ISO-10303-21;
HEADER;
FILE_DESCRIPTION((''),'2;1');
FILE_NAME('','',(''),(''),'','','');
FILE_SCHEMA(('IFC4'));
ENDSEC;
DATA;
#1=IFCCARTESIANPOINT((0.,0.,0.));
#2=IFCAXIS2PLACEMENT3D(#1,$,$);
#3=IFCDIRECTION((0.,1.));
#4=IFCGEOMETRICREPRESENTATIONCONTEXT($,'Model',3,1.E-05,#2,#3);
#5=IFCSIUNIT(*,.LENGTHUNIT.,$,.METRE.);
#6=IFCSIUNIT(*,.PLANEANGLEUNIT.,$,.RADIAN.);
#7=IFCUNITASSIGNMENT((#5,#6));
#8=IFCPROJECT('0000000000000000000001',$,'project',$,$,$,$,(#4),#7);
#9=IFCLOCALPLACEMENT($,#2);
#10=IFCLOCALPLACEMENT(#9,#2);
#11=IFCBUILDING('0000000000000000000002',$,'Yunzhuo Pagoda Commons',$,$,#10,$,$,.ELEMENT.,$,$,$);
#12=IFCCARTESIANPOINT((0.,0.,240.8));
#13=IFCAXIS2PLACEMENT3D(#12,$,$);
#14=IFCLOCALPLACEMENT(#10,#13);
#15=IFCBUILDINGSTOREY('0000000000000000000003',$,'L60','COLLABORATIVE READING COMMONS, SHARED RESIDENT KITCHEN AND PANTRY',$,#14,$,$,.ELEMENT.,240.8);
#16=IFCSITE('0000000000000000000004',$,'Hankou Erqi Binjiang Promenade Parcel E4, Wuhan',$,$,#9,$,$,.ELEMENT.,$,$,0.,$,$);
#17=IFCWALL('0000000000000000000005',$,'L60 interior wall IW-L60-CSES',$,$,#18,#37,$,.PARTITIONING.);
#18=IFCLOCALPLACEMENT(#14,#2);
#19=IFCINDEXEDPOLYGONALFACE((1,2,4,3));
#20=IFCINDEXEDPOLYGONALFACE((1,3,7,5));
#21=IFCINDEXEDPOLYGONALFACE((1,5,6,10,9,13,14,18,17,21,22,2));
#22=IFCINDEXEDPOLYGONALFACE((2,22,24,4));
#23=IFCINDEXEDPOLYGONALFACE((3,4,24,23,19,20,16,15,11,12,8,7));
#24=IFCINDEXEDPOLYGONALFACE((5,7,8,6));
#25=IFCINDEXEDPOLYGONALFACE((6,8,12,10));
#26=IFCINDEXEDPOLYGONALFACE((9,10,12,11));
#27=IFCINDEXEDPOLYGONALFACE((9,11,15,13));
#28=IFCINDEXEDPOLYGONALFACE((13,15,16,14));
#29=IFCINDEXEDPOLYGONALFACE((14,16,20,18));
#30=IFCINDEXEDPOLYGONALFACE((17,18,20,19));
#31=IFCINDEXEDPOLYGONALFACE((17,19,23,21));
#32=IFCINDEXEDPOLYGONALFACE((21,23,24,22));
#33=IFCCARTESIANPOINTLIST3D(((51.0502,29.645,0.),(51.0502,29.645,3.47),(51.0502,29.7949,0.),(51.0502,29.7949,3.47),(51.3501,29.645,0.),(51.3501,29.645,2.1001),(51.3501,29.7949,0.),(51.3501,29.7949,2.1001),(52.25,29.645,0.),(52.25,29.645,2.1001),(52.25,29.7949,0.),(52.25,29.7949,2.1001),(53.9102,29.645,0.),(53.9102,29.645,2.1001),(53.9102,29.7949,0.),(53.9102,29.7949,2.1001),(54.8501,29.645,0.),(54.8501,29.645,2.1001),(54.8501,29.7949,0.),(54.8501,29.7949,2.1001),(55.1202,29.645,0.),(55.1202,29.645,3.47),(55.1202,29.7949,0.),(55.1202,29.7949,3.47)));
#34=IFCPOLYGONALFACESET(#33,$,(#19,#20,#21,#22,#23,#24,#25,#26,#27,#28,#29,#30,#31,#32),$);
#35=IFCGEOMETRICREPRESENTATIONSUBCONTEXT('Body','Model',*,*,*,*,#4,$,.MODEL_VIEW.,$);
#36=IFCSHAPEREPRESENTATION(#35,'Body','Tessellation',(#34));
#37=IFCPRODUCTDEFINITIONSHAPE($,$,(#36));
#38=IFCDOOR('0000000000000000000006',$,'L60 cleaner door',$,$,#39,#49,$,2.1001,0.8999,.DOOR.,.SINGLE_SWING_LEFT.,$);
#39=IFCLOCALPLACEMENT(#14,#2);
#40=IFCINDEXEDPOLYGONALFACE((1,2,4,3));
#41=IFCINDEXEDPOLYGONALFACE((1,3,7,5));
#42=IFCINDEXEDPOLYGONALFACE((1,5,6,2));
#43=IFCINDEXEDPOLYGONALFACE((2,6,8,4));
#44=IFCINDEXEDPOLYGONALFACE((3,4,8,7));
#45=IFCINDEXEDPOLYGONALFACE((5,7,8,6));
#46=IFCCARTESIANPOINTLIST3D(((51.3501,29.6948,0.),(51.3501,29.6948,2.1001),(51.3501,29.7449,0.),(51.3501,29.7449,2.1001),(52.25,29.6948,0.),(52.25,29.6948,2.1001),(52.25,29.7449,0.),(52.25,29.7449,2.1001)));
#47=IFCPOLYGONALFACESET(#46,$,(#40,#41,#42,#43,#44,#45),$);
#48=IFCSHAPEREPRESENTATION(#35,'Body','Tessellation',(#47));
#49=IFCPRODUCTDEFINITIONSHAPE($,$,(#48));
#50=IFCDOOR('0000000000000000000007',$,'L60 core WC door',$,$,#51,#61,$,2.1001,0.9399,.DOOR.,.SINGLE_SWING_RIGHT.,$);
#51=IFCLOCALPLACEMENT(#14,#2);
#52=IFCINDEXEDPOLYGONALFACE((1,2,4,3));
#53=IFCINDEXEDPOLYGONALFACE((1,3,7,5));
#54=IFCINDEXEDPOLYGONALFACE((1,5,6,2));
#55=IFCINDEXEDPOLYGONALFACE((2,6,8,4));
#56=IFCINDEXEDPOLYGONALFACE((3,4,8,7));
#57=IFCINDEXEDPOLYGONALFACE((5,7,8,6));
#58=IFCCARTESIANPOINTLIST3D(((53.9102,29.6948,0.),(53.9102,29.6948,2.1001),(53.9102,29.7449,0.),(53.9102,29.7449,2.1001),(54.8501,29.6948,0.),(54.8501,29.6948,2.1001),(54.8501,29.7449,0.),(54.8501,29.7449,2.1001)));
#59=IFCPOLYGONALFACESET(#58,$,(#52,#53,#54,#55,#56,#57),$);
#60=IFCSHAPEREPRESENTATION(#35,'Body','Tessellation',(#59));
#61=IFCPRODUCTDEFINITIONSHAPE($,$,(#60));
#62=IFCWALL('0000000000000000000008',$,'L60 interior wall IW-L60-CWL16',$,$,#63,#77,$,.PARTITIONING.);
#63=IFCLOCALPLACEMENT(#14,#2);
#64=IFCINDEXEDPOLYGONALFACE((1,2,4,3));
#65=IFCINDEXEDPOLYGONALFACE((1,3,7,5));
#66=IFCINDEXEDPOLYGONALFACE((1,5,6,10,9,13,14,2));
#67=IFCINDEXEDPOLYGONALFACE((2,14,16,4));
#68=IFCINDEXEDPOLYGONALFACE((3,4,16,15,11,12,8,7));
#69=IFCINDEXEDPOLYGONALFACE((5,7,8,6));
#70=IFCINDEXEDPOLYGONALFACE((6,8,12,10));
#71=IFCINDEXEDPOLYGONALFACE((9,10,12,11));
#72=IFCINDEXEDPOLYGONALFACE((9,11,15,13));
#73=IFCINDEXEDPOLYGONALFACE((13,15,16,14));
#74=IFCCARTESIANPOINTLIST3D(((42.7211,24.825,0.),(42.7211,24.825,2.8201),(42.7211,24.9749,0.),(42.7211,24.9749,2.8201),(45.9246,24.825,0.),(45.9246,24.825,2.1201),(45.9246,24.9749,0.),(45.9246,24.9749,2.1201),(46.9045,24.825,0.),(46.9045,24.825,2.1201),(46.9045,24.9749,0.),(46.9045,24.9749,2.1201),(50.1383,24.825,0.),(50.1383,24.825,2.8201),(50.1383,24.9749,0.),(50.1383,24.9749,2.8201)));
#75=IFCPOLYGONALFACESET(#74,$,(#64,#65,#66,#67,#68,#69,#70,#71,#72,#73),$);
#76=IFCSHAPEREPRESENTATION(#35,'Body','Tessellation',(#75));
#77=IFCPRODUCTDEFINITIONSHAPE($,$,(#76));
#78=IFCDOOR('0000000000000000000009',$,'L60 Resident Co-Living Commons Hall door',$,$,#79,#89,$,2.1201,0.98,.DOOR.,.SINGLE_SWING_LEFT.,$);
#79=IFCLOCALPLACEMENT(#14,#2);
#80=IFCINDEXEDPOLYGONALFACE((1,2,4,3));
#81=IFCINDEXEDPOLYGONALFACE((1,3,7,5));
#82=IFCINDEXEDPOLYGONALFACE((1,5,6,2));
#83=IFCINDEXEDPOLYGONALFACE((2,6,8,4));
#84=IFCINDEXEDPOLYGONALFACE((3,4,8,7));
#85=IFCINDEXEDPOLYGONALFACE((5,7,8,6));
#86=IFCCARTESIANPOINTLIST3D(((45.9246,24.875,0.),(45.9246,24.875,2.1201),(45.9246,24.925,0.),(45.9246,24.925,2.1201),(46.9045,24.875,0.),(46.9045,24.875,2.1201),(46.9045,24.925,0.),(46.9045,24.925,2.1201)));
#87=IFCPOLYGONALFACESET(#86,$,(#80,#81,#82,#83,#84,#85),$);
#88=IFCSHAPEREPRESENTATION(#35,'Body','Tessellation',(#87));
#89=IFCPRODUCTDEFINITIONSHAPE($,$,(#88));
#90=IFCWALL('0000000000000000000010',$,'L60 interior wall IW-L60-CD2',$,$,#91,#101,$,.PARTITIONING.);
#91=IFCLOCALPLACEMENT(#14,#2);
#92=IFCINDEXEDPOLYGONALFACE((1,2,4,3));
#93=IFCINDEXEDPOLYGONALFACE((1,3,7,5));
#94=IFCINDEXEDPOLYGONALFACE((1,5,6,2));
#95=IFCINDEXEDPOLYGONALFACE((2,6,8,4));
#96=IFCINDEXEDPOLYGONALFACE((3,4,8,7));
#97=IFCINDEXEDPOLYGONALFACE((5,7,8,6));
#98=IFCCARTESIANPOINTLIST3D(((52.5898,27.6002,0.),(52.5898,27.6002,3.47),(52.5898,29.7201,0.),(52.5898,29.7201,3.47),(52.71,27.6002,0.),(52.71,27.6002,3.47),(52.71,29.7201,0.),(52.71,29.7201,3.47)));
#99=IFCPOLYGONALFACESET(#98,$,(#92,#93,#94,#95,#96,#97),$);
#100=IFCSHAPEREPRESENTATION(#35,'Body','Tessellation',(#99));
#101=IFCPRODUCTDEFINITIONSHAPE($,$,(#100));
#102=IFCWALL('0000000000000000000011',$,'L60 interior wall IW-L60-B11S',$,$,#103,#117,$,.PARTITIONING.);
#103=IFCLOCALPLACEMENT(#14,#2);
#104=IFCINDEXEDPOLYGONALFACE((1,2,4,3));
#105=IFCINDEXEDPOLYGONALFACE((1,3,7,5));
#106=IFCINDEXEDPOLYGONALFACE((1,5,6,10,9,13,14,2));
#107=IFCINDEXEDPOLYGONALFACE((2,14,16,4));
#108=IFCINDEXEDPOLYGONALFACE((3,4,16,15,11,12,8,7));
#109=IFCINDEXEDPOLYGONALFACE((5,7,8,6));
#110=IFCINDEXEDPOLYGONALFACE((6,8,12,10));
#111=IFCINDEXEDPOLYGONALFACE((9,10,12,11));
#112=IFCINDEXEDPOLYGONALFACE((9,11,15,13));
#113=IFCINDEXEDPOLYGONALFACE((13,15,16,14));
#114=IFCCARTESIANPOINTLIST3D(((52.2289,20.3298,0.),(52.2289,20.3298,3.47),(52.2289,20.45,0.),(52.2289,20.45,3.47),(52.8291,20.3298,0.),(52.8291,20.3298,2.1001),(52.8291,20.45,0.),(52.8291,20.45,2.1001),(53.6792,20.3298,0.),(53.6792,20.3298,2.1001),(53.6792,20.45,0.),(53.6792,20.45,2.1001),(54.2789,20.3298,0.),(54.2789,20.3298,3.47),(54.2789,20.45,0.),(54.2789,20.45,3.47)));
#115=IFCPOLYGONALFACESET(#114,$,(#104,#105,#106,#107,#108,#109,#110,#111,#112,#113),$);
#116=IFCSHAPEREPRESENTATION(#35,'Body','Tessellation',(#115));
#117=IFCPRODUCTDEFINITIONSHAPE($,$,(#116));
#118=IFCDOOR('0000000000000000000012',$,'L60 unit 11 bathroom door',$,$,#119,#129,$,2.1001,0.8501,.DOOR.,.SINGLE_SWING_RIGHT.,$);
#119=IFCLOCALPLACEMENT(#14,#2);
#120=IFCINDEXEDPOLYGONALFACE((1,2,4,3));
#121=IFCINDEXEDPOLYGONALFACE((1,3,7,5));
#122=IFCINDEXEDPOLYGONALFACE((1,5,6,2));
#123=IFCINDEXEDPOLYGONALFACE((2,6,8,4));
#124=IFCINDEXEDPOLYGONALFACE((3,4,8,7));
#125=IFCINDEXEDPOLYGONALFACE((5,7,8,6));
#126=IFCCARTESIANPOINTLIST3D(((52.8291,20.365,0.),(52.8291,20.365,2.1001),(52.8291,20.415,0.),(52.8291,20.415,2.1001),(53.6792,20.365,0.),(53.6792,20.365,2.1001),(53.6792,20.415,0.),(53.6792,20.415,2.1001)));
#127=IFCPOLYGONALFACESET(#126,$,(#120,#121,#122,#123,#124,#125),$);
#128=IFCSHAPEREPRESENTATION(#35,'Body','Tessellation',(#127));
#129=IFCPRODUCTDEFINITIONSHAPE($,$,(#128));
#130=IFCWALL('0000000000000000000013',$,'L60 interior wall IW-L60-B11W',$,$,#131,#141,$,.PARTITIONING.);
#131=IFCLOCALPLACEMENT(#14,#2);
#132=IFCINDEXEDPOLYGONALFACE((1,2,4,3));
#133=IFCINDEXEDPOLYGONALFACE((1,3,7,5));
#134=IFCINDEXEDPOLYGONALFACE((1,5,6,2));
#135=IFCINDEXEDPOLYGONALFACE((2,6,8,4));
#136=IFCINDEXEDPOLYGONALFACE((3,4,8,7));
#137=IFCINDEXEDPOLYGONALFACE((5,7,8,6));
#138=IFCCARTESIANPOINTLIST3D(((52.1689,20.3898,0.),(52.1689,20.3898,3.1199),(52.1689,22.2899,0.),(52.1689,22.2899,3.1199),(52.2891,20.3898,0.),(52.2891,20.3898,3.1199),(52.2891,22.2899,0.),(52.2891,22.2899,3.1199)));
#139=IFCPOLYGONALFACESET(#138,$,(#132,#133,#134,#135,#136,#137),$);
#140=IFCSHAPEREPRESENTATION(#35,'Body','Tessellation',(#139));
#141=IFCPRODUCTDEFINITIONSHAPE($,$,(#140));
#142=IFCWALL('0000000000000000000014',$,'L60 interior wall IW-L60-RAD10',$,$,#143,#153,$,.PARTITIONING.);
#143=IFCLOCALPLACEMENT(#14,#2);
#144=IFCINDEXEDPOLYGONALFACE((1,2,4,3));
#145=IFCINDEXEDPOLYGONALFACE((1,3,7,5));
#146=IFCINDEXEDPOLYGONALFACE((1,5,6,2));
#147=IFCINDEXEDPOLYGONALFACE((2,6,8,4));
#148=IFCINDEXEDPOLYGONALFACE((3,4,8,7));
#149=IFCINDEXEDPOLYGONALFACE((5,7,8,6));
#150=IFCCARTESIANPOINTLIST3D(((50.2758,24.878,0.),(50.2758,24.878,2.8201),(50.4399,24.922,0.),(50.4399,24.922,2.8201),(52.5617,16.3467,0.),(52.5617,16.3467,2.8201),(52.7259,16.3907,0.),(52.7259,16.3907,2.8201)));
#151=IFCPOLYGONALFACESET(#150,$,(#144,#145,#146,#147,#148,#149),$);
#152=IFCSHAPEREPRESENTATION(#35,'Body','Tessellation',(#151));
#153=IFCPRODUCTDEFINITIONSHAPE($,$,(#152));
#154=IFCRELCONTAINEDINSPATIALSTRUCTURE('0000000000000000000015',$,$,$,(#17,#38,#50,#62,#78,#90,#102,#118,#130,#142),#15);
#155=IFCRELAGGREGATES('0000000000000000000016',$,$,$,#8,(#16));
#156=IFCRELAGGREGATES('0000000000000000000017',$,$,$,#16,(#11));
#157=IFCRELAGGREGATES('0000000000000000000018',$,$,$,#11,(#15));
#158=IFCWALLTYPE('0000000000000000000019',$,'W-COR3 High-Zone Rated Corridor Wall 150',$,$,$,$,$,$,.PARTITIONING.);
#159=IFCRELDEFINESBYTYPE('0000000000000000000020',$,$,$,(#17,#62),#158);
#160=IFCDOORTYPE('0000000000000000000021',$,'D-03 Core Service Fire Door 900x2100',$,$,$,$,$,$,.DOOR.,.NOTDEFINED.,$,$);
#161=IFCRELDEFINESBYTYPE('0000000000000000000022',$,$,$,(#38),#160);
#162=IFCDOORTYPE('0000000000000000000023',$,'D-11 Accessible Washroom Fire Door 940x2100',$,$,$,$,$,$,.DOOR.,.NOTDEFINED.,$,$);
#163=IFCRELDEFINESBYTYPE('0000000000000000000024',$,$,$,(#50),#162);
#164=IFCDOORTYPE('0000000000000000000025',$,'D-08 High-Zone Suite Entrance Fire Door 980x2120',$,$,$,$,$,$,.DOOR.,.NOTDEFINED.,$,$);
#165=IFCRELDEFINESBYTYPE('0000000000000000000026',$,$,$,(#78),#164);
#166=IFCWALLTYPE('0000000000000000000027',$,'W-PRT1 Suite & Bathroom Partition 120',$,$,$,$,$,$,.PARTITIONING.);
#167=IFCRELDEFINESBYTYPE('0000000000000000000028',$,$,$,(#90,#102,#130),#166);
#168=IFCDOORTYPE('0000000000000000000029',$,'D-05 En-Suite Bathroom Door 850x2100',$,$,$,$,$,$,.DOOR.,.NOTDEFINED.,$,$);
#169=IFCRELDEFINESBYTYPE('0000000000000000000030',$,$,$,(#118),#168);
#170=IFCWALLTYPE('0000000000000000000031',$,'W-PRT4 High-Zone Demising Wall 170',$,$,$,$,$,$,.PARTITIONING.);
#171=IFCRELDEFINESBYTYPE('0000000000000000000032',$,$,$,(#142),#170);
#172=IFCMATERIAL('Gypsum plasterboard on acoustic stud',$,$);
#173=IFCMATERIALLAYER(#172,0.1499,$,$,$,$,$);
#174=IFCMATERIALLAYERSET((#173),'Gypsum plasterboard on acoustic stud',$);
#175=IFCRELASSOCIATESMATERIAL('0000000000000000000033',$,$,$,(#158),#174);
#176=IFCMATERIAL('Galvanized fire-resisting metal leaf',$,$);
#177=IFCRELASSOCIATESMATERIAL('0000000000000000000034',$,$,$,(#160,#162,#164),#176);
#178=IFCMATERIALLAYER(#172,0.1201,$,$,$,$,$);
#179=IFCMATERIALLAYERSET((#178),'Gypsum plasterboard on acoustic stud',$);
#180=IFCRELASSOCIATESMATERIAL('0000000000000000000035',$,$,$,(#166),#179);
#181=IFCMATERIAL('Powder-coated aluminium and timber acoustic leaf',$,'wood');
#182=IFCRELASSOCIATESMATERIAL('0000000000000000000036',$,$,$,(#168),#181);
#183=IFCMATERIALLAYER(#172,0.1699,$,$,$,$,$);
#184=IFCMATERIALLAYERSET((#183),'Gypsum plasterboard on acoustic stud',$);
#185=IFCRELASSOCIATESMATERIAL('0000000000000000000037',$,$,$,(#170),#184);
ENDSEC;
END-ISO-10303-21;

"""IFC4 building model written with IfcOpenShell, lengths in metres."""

from ifc_helpers import new_model, si_unit, direction, frame, frame_2d, origin, origin_with_axes, place, context, subcontext, project, spatial, rectangle, extrude, source, transform, mapped, material, layer, layer_set, type_object, element, fill, save


model = new_model("IFC4")

# Units and contexts
model_context = context("Model", 3, precision=1e-05, world=origin(), true_north=direction((0.0, 1.0)))
body_context = subcontext(model_context, "Body", "Model", "MODEL_VIEW")
ifc_project = project(units=[si_unit("LENGTHUNIT", "METRE"), si_unit("PLANEANGLEUNIT", "RADIAN")], contexts=[model_context])

# Site, building, storey
site_placement = place(None, origin())
site = spatial("IfcSite", under=ifc_project, at=site_placement, Name="Hankou Erqi Binjiang Promenade Parcel E4, Wuhan", CompositionType="ELEMENT", RefElevation=0.0)
building_placement = place(site_placement, origin())
building = spatial("IfcBuilding", under=site, at=building_placement, Name="Yunzhuo Pagoda Commons", CompositionType="ELEMENT")
storey_placement = place(building_placement, frame((0.0, 0.0, 240.8)))
storey = spatial("IfcBuildingStorey", under=building, at=storey_placement, Name="L60", Description="COLLABORATIVE READING COMMONS, SHARED RESIDENT KITCHEN AND PANTRY", CompositionType="ELEMENT", Elevation=240.8)

# Wall, openings, doors
ifc_material_1 = material(Name="Gypsum plasterboard on acoustic stud")
ifc_layer_1 = layer(ifc_material_1, 0.1499)
ifc_layer_set_1 = layer_set([ifc_layer_1], Name="Gypsum plasterboard on acoustic stud")
wall_type_1 = type_object("IfcWallType", Name="W-COR3 High-Zone Rated Corridor Wall 150", PredefinedType="PARTITIONING", material=ifc_layer_set_1)
wall_1_placement = place(storey_placement, frame((51.05, 29.72, 0.0), z_axis=(0.0, 0.0, 1.0), x_axis=(1.0, 0.0, 0.0)))
wall_1 = element("IfcWall", 1, at=wall_1_placement, inside=storey, type_object=wall_type_1, Name="L60 interior wall IW-L60-CSES", PredefinedType="PARTITIONING", context=body_context, shape_type="SweptSolid", body=[
    extrude(rectangle(XDim=4.0701, YDim=0.1499, at=frame_2d((2.0352, 0.0))), origin(), (0.0, 0.0, 1.0), 3.47),
])
opening_1_placement = place(wall_1_placement, frame((0.3, 0.0, 0.0)))
opening_1 = element("IfcOpeningElement", 2, at=opening_1_placement, cuts=wall_1, PredefinedType="OPENING", context=body_context, shape_type="SweptSolid", body=[
    extrude(rectangle(XDim=0.8999, YDim=2.1001, at=frame_2d((0.45, 1.05))), frame((0.0, 0.085, 0.0), z_axis=(0.0, -1.0, 0.0), x_axis=(1.0, 0.0, 0.0)), (0.0, 0.0, 1.0), 0.1699),
])
opening_2_placement = place(wall_1_placement, frame((2.8601, 0.0, 0.0)))
opening_2 = element("IfcOpeningElement", 3, at=opening_2_placement, cuts=wall_1, PredefinedType="OPENING", context=body_context, shape_type="SweptSolid", body=[
    extrude(rectangle(XDim=0.9399, YDim=2.1001, at=frame_2d((0.47, 1.05))), frame((0.0, 0.085, 0.0), z_axis=(0.0, -1.0, 0.0), x_axis=(1.0, 0.0, 0.0)), (0.0, 0.0, 1.0), 0.1699),
])
ifc_material_2 = material(Name="Galvanized fire-resisting metal leaf")
door_type_1 = type_object("IfcDoorType", Name="D-03 Core Service Fire Door 900x2100", OperationType="NOTDEFINED", PredefinedType="DOOR", material=ifc_material_2)
shared_shape_1 = source(origin(), body_context, "Body", "SweptSolid", [
    extrude(rectangle(XDim=0.8999, YDim=2.1001, at=frame_2d((0.45, 1.05))), frame((0.0, 0.0249, 0.0), z_axis=(0.0, -1.0, 0.0), x_axis=(1.0, 0.0, 0.0)), (0.0, 0.0, 1.0), 0.05),
])
door_1_placement = place(opening_1_placement, origin_with_axes())
door_1 = element("IfcDoor", 4, at=door_1_placement, inside=storey, type_object=door_type_1, Name="L60 cleaner door", OperationType="SINGLE_SWING_LEFT", OverallHeight=2.1001, OverallWidth=0.8999, PredefinedType="DOOR", context=body_context, shape_type="MappedRepresentation", body=[
    mapped(shared_shape_1, transform((0.0, 0.0, 0.0), scale=1.0)),
])
fill(opening_1, door_1)
door_type_2 = type_object("IfcDoorType", Name="D-11 Accessible Washroom Fire Door 940x2100", OperationType="NOTDEFINED", PredefinedType="DOOR", material=ifc_material_2)
shared_shape_2 = source(origin(), body_context, "Body", "SweptSolid", [
    extrude(rectangle(XDim=0.9399, YDim=2.1001, at=frame_2d((0.47, 1.05))), frame((0.0, 0.0249, 0.0), z_axis=(0.0, -1.0, 0.0), x_axis=(1.0, 0.0, 0.0)), (0.0, 0.0, 1.0), 0.05),
])
door_2_placement = place(opening_2_placement, origin_with_axes())
door_2 = element("IfcDoor", 5, at=door_2_placement, inside=storey, type_object=door_type_2, Name="L60 core WC door", OperationType="SINGLE_SWING_RIGHT", OverallHeight=2.1001, OverallWidth=0.9399, PredefinedType="DOOR", context=body_context, shape_type="MappedRepresentation", body=[
    mapped(shared_shape_2, transform((0.0, 0.0, 0.0), scale=1.0)),
])
fill(opening_2, door_2)

# Wall, opening, door
wall_2_placement = place(storey_placement, frame((50.1382, 24.8999, 0.0), z_axis=(0.0, 0.0, 1.0), x_axis=(-1.0, 0.0, 0.0)))
wall_2 = element("IfcWall", 6, at=wall_2_placement, inside=storey, type_object=wall_type_1, Name="L60 interior wall IW-L60-CWL16", PredefinedType="PARTITIONING", context=body_context, shape_type="SweptSolid", body=[
    extrude(rectangle(XDim=7.4172, YDim=0.1499, at=frame_2d((3.7085, 0.0))), origin(), (0.0, 0.0, 1.0), 2.8201),
])
opening_3_placement = place(wall_2_placement, frame((3.2336, 0.0, 0.0)))
opening_3 = element("IfcOpeningElement", 7, at=opening_3_placement, cuts=wall_2, PredefinedType="OPENING", context=body_context, shape_type="SweptSolid", body=[
    extrude(rectangle(XDim=0.98, YDim=2.1201, at=frame_2d((0.49, 1.0601))), frame((0.0, 0.085, 0.0), z_axis=(0.0, -1.0, 0.0), x_axis=(1.0, 0.0, 0.0)), (0.0, 0.0, 1.0), 0.1699),
])
door_type_3 = type_object("IfcDoorType", Name="D-08 High-Zone Suite Entrance Fire Door 980x2120", OperationType="NOTDEFINED", PredefinedType="DOOR", material=ifc_material_2)
shared_shape_3 = source(origin(), body_context, "Body", "SweptSolid", [
    extrude(rectangle(XDim=0.98, YDim=2.1201, at=frame_2d((0.49, 1.0601))), frame((0.0, 0.0249, 0.0), z_axis=(0.0, -1.0, 0.0), x_axis=(1.0, 0.0, 0.0)), (0.0, 0.0, 1.0), 0.05),
])
door_3_placement = place(opening_3_placement, origin_with_axes())
door_3 = element("IfcDoor", 8, at=door_3_placement, inside=storey, type_object=door_type_3, Name="L60 Resident Co-Living Commons Hall door", OperationType="SINGLE_SWING_LEFT", OverallHeight=2.1201, OverallWidth=0.98, PredefinedType="DOOR", context=body_context, shape_type="MappedRepresentation", body=[
    mapped(shared_shape_3, transform((0.0, 0.0, 0.0), scale=1.0)),
])
fill(opening_3, door_3)

# Wall
ifc_layer_2 = layer(ifc_material_1, 0.1201)
ifc_layer_set_2 = layer_set([ifc_layer_2], Name="Gypsum plasterboard on acoustic stud")
wall_type_2 = type_object("IfcWallType", Name="W-PRT1 Suite & Bathroom Partition 120", PredefinedType="PARTITIONING", material=ifc_layer_set_2)
wall_3_placement = place(storey_placement, frame((52.6499, 27.6001, 0.0), z_axis=(0.0, 0.0, 1.0), x_axis=(0.0, 1.0, 0.0)))
element("IfcWall", 9, at=wall_3_placement, inside=storey, type_object=wall_type_2, Name="L60 interior wall IW-L60-CD2", PredefinedType="PARTITIONING", context=body_context, shape_type="SweptSolid", body=[
    extrude(rectangle(XDim=2.1199, YDim=0.1201, at=frame_2d((1.0601, 0.0))), origin(), (0.0, 0.0, 1.0), 3.47),
])

# Wall, opening, door
wall_4_placement = place(storey_placement, frame((52.229, 20.3899, 0.0), z_axis=(0.0, 0.0, 1.0), x_axis=(1.0, 0.0, 0.0)))
wall_4 = element("IfcWall", 10, at=wall_4_placement, inside=storey, type_object=wall_type_2, Name="L60 interior wall IW-L60-B11S", PredefinedType="PARTITIONING", context=body_context, shape_type="SweptSolid", body=[
    extrude(rectangle(XDim=2.05, YDim=0.1201, at=frame_2d((1.0249, 0.0))), origin(), (0.0, 0.0, 1.0), 3.47),
])
opening_4_placement = place(wall_4_placement, frame((0.6001, 0.0, 0.0)))
opening_4 = element("IfcOpeningElement", 11, at=opening_4_placement, cuts=wall_4, PredefinedType="OPENING", context=body_context, shape_type="SweptSolid", body=[
    extrude(rectangle(XDim=0.8501, YDim=2.1001, at=frame_2d((0.425, 1.05))), frame((0.0, 0.0701, 0.0), z_axis=(0.0, -1.0, 0.0), x_axis=(1.0, 0.0, 0.0)), (0.0, 0.0, 1.0), 0.1401),
])
ifc_material_3 = material(Name="Powder-coated aluminium and timber acoustic leaf", Category="wood")
door_type_4 = type_object("IfcDoorType", Name="D-05 En-Suite Bathroom Door 850x2100", OperationType="NOTDEFINED", PredefinedType="DOOR", material=ifc_material_3)
shared_shape_4 = source(origin(), body_context, "Body", "SweptSolid", [
    extrude(rectangle(XDim=0.8501, YDim=2.1001, at=frame_2d((0.425, 1.05))), frame((0.0, 0.0249, 0.0), z_axis=(0.0, -1.0, 0.0), x_axis=(1.0, 0.0, 0.0)), (0.0, 0.0, 1.0), 0.05),
])
door_4_placement = place(opening_4_placement, frame((0.8501, 0.0, 0.0), z_axis=(0.0, 0.0, 1.0), x_axis=(-1.0, 0.0, 0.0)))
door_4 = element("IfcDoor", 12, at=door_4_placement, inside=storey, type_object=door_type_4, Name="L60 unit 11 bathroom door", OperationType="SINGLE_SWING_RIGHT", OverallHeight=2.1001, OverallWidth=0.8501, PredefinedType="DOOR", context=body_context, shape_type="MappedRepresentation", body=[
    mapped(shared_shape_4, transform((0.0, 0.0, 0.0), scale=1.0)),
])
fill(opening_4, door_4)

# Walls
wall_5_placement = place(storey_placement, frame((52.229, 22.29, 0.0), z_axis=(0.0, 0.0, 1.0), x_axis=(0.0, -1.0, 0.0)))
element("IfcWall", 13, at=wall_5_placement, inside=storey, type_object=wall_type_2, Name="L60 interior wall IW-L60-B11W", PredefinedType="PARTITIONING", context=body_context, shape_type="SweptSolid", body=[
    extrude(rectangle(XDim=1.9001, YDim=0.1201, at=frame_2d((0.9502, 0.0))), origin(), (0.0, 0.0, 1.0), 3.1199),
])
ifc_layer_3 = layer(ifc_material_1, 0.1699)
ifc_layer_set_3 = layer_set([ifc_layer_3], Name="Gypsum plasterboard on acoustic stud")
wall_type_3 = type_object("IfcWallType", Name="W-PRT4 High-Zone Demising Wall 170", PredefinedType="PARTITIONING", material=ifc_layer_set_3)
wall_6_placement = place(storey_placement, frame((50.3579, 24.8999, 0.0), z_axis=(0.0, 0.0, 1.0), x_axis=(0.258813, -0.965927, 0.0)))
element("IfcWall", 14, at=wall_6_placement, inside=storey, type_object=wall_type_3, Name="L60 interior wall IW-L60-RAD10", PredefinedType="PARTITIONING", context=body_context, shape_type="SweptSolid", body=[
    extrude(rectangle(XDim=8.8323, YDim=0.1699, at=frame_2d((4.416, 0.0))), origin(), (0.0, 0.0, 1.0), 2.8201),
])

save(model, "model.ifc")
